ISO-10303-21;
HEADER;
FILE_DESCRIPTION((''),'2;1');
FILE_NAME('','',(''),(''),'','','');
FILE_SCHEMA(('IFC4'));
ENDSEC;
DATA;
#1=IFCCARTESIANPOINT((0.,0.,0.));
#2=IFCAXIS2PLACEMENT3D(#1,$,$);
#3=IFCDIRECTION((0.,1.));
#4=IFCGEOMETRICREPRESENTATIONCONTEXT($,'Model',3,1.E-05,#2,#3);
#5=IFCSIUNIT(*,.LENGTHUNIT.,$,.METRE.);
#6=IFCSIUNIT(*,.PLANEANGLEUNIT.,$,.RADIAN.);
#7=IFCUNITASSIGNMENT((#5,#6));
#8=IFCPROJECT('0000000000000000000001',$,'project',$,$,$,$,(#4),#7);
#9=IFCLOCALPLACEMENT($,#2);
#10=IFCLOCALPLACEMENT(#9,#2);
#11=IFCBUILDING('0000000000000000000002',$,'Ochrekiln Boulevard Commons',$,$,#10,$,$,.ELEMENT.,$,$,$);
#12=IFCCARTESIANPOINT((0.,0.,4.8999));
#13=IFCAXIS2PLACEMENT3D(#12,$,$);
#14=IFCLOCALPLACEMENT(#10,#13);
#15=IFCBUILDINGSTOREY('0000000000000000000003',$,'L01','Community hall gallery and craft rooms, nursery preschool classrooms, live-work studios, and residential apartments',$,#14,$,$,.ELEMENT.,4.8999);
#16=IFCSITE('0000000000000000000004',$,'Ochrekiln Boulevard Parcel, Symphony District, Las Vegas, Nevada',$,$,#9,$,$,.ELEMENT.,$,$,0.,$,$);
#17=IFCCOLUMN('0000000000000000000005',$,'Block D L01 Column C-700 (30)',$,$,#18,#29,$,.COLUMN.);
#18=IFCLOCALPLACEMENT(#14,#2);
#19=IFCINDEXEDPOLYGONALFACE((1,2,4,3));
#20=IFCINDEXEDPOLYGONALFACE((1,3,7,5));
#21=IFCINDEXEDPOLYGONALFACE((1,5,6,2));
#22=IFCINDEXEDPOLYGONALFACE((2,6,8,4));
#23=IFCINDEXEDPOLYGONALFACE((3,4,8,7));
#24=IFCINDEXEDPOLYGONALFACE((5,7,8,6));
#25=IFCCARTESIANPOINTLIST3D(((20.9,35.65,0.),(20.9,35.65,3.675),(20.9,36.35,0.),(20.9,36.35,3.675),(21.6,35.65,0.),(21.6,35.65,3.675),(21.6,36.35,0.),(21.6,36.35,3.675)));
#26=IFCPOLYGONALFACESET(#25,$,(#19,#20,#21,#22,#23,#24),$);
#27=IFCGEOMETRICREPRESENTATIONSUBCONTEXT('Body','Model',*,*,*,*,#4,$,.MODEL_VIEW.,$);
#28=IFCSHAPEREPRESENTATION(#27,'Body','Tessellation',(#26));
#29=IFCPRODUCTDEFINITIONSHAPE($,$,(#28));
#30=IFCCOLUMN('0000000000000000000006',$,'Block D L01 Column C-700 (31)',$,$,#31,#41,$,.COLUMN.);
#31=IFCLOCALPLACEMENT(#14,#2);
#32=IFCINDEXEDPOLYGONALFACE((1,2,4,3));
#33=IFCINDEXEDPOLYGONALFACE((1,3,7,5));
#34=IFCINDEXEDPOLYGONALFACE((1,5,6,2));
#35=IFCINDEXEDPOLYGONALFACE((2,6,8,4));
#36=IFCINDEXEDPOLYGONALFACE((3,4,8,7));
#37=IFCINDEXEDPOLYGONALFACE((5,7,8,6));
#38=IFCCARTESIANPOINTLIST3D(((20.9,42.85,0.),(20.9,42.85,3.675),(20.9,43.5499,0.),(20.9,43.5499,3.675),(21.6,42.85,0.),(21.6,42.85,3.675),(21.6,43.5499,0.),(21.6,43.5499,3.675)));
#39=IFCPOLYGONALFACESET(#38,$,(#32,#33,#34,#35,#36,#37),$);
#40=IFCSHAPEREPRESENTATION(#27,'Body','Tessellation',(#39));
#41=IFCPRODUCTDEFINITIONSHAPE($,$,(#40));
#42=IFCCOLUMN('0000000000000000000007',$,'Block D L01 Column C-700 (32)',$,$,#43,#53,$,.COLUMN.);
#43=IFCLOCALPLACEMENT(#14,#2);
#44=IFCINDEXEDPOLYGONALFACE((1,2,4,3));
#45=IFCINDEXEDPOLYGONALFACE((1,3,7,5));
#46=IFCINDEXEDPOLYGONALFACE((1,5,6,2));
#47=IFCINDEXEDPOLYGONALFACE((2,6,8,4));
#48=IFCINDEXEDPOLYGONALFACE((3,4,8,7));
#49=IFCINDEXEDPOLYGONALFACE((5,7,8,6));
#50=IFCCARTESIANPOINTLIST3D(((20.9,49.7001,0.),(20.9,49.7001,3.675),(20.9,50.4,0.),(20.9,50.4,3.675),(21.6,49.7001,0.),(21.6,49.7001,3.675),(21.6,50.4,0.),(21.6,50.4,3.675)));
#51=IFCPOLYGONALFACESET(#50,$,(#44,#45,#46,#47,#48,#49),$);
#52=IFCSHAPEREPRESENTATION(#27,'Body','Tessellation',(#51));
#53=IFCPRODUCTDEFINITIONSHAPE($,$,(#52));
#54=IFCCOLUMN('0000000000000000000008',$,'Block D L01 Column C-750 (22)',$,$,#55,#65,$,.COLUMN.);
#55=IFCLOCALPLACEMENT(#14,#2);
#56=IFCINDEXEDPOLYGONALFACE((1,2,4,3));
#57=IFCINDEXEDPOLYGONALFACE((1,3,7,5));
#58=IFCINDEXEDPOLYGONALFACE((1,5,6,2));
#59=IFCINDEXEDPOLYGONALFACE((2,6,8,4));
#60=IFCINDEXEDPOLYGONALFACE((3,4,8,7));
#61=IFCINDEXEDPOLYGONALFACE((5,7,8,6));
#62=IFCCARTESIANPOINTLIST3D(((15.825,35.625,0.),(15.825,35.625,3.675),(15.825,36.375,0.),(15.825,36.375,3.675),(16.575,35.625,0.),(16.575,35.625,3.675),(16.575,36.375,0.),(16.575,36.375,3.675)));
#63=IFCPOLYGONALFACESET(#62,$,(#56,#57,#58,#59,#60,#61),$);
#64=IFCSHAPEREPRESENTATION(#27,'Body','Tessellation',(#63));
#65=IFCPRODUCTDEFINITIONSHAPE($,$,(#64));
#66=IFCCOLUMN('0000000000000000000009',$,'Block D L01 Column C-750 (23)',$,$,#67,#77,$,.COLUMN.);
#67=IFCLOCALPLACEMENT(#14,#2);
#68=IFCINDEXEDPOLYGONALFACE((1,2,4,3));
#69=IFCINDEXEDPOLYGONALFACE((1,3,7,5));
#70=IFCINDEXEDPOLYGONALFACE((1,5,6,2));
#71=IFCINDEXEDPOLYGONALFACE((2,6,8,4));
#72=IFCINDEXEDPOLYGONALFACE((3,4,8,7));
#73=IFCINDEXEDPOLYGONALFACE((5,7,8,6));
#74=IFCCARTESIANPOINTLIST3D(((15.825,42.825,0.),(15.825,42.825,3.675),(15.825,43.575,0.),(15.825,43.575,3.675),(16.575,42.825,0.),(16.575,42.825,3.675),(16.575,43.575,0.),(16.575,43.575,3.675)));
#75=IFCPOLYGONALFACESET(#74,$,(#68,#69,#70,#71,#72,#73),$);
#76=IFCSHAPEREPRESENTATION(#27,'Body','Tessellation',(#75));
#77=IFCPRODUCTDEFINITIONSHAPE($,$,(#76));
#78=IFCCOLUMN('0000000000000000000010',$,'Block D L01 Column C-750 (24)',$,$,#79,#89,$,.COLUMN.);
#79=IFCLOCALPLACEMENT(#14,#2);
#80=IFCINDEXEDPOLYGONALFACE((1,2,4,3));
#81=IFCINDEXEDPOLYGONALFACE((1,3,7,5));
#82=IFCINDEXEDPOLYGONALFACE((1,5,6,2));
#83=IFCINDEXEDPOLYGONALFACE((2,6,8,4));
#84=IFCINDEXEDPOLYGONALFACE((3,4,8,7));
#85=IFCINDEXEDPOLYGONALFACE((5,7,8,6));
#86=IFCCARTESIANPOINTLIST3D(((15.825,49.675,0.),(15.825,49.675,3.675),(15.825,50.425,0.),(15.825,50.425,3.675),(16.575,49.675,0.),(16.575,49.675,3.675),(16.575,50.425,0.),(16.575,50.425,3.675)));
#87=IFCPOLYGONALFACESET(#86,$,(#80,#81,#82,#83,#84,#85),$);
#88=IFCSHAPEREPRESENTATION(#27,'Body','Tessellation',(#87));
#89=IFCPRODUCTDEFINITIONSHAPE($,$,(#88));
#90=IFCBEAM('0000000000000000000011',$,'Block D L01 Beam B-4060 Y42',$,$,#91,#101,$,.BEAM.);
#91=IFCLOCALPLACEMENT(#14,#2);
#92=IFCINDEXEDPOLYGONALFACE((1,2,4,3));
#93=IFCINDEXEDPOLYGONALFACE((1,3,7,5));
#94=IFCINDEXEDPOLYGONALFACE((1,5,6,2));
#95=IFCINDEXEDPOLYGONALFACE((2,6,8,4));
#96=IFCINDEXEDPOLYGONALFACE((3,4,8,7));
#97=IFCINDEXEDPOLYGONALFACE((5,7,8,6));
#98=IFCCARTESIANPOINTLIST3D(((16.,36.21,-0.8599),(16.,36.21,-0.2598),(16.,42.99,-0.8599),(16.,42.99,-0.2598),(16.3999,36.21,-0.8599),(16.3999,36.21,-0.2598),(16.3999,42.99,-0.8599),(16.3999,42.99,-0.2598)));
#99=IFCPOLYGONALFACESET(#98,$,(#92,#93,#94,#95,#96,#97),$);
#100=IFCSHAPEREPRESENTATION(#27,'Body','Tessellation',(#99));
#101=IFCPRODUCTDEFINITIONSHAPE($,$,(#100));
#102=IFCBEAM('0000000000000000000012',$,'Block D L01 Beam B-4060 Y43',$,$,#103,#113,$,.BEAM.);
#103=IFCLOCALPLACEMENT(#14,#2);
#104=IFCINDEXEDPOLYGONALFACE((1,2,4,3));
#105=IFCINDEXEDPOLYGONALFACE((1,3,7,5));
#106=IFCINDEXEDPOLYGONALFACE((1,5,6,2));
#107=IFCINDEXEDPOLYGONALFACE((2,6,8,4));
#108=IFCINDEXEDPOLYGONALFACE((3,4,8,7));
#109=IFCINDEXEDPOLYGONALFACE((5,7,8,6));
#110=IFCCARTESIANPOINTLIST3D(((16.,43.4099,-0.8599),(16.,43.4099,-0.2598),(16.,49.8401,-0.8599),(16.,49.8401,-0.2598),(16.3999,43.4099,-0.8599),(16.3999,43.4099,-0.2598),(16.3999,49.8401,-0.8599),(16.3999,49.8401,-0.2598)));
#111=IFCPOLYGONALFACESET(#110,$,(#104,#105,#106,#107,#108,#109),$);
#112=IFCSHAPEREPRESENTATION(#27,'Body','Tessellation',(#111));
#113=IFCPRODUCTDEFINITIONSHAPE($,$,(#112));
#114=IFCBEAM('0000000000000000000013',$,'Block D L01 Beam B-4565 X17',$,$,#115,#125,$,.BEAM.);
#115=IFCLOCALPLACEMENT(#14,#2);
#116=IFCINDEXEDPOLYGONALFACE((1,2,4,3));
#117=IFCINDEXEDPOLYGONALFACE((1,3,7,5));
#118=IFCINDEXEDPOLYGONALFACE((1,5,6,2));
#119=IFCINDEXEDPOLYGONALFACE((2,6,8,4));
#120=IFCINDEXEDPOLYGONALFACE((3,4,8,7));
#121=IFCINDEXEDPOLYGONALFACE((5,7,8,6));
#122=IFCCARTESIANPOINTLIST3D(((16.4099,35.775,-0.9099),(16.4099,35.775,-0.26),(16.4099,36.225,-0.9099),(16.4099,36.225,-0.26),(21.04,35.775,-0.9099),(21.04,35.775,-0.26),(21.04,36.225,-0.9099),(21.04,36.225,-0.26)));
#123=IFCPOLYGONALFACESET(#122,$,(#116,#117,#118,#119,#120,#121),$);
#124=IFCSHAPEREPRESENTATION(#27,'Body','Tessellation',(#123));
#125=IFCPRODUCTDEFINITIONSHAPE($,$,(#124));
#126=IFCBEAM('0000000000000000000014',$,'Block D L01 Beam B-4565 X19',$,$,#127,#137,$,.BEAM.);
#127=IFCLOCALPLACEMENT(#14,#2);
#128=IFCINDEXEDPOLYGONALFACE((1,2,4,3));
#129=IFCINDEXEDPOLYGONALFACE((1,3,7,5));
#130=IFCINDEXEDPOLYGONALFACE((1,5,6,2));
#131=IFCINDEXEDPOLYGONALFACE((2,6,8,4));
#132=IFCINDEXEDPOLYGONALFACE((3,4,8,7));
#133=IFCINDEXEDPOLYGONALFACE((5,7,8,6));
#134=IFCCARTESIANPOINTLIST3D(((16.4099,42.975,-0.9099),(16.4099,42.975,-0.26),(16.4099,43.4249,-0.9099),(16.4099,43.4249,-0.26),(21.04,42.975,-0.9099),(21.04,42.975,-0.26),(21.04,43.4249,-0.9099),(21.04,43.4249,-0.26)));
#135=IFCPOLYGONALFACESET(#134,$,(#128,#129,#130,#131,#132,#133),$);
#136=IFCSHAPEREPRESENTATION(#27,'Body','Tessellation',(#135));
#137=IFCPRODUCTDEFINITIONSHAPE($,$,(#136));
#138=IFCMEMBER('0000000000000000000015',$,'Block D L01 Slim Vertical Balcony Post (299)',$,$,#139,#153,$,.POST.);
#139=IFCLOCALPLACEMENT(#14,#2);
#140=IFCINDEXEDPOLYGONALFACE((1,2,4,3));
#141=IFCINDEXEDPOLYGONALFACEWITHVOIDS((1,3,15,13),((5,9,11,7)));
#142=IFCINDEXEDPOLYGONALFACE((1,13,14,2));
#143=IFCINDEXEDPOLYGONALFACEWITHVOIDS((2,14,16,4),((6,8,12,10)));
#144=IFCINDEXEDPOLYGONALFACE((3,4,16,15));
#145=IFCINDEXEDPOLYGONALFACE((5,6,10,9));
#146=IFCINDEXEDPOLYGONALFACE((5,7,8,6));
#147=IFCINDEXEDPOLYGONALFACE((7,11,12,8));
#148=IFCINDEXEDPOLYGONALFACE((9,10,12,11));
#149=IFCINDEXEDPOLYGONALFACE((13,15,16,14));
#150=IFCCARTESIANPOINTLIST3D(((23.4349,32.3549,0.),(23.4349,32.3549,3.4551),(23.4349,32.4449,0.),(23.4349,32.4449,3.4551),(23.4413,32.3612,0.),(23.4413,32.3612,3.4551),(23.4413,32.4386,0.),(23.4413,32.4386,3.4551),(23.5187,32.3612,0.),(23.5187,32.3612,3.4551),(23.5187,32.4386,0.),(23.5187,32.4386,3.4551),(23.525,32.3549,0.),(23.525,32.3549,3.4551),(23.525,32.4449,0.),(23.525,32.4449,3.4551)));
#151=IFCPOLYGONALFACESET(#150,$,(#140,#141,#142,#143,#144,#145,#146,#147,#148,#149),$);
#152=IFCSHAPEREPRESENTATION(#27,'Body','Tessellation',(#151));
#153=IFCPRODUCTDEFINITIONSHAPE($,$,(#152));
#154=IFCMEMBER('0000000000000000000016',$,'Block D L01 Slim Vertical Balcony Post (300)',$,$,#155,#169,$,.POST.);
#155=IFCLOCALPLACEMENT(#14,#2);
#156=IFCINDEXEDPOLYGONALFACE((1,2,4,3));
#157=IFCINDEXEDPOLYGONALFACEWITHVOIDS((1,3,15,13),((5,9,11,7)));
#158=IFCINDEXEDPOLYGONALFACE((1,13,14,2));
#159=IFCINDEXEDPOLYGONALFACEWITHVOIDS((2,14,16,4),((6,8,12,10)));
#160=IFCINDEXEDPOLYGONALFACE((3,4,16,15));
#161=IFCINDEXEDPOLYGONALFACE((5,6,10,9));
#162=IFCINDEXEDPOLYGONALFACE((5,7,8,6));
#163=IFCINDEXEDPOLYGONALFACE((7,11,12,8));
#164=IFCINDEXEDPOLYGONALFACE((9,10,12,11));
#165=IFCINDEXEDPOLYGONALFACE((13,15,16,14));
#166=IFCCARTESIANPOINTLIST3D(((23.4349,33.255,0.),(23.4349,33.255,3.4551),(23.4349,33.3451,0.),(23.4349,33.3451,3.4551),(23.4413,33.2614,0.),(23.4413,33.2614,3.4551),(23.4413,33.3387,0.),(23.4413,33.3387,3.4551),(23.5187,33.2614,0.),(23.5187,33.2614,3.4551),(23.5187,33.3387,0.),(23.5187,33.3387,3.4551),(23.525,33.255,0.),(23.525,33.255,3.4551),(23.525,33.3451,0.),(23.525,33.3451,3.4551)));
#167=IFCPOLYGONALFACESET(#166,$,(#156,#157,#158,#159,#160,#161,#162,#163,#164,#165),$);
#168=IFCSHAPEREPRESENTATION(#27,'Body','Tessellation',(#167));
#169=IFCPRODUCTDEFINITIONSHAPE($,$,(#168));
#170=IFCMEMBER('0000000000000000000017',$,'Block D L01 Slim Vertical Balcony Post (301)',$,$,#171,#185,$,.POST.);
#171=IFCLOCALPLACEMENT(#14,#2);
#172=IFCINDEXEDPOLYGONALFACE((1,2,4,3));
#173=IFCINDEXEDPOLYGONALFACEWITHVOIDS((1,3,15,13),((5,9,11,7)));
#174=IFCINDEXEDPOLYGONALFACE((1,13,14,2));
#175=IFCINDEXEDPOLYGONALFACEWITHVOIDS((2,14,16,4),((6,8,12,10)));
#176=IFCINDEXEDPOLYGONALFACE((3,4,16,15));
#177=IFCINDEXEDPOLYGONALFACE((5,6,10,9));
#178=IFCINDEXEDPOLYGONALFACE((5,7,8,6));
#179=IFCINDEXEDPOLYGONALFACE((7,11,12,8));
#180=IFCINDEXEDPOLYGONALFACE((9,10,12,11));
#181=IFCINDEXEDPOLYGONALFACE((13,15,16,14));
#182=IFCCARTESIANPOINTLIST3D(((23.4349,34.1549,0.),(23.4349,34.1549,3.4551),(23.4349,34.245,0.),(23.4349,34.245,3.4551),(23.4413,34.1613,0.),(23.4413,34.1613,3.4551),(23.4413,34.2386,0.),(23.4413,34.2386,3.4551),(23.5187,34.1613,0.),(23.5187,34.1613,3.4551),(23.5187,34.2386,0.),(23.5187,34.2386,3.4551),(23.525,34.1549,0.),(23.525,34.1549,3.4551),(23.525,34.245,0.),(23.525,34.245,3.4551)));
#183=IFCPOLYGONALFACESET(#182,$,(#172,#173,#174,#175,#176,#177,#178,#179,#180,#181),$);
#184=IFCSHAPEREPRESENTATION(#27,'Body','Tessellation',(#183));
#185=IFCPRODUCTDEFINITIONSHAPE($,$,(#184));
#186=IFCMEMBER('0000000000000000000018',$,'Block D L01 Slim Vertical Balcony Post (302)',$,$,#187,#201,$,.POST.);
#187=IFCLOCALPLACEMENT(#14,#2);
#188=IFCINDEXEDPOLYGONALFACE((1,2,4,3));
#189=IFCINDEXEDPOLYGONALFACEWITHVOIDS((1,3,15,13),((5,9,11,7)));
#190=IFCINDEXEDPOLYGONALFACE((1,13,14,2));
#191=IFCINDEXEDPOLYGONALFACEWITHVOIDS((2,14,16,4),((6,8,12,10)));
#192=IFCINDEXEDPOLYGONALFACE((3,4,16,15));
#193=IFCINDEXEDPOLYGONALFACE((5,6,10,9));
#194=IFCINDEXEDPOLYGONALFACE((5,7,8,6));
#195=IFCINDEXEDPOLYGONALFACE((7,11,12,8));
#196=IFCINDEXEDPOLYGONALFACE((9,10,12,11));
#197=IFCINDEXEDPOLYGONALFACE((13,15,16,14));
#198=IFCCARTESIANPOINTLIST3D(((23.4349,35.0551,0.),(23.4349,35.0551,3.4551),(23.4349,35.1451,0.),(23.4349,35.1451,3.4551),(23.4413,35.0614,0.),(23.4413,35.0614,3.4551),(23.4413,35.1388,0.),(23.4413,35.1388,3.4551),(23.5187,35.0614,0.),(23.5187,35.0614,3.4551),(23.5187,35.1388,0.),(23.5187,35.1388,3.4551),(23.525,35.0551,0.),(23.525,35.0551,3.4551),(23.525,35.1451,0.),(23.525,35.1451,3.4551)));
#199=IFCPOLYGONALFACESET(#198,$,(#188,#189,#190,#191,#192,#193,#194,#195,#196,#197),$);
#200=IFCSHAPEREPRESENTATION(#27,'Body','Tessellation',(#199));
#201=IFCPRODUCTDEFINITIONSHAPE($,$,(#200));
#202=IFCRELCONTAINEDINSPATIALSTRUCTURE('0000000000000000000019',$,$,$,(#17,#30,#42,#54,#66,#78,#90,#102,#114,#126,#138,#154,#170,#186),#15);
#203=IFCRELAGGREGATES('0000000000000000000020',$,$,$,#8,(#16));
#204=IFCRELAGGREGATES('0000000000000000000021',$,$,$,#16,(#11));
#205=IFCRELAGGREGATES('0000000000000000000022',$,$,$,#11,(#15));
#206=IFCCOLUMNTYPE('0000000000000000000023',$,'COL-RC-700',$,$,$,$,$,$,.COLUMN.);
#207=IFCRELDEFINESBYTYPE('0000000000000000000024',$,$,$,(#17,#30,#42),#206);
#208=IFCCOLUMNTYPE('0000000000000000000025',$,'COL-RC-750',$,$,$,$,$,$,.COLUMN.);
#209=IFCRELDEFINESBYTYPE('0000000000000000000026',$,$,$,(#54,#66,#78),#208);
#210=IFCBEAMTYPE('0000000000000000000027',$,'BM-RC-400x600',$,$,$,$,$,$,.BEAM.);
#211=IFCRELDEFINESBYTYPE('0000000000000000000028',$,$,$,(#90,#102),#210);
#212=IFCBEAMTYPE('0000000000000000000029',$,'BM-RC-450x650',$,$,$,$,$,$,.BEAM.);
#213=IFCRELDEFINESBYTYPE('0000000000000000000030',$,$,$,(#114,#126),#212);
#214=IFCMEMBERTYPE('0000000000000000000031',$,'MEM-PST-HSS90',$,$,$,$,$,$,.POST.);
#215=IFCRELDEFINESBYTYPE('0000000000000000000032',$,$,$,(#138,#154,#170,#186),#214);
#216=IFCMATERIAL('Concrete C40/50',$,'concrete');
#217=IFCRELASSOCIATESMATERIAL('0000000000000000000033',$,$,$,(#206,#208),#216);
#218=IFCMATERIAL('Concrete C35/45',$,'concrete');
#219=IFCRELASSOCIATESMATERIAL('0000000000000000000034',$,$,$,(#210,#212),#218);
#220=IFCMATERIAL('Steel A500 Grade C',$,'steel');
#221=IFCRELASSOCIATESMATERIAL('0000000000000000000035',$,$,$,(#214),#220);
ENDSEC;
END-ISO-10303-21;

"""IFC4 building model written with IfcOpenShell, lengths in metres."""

from ifc_helpers import new_model, si_unit, direction, frame, origin, origin_2d, place, context, subcontext, project, spatial, rectangle, hollow_rectangle, extrude, material, material_profile, profile_set, type_object, element, save


model = new_model("IFC4")

# Units and contexts
model_context = context("Model", 3, precision=1e-05, world=origin(), true_north=direction((0.0, 1.0)))
body_context = subcontext(model_context, "Body", "Model", "MODEL_VIEW")
ifc_project = project(units=[si_unit("LENGTHUNIT", "METRE"), si_unit("PLANEANGLEUNIT", "RADIAN")], contexts=[model_context])

# Site, building, storey
site_placement = place(None, origin())
site = spatial("IfcSite", under=ifc_project, at=site_placement, Name="Ochrekiln Boulevard Parcel, Symphony District, Las Vegas, Nevada", CompositionType="ELEMENT", RefElevation=0.0)
building_placement = place(site_placement, origin())
building = spatial("IfcBuilding", under=site, at=building_placement, Name="Ochrekiln Boulevard Commons", CompositionType="ELEMENT")
storey_placement = place(building_placement, frame((0.0, 0.0, 4.8999)))
storey = spatial("IfcBuildingStorey", under=building, at=storey_placement, Name="L01", Description="Community hall gallery and craft rooms, nursery preschool classrooms, live-work studios, and residential apartments", CompositionType="ELEMENT", Elevation=4.8999)

# Columns
ifc_material_1 = material(Name="Concrete C40/50", Category="concrete")
ifc_material_profile_1 = material_profile(ifc_material_1, rectangle(XDim=0.7, YDim=0.7, at=origin_2d()), Name="RC-COL-700x700")
ifc_profile_set_1 = profile_set([ifc_material_profile_1], Name="Concrete C40/50")
column_type_1 = type_object("IfcColumnType", Name="COL-RC-700", PredefinedType="COLUMN", material=ifc_profile_set_1)
for number, where, z_axis, x_axis, name in (
    (1, (21.25, 36.0, 0.0), (0.0, 0.0, 1.0), (1.0, 0.0, 0.0), "Block D L01 Column C-700 (30)"),
    (2, (21.25, 43.2, 0.0), (0.0, 0.0, 1.0), (1.0, 0.0, 0.0), "Block D L01 Column C-700 (31)"),
    (3, (21.25, 50.05, 0.0), (0.0, 0.0, 1.0), (1.0, 0.0, 0.0), "Block D L01 Column C-700 (32)"),
):
    element("IfcColumn", number, at=place(storey_placement, frame(where, z_axis=z_axis, x_axis=x_axis)), inside=storey, type_object=column_type_1, Name=name, PredefinedType="COLUMN", context=body_context, shape_type="SweptSolid", body=[
        extrude(rectangle(XDim=0.7, YDim=0.7, at=origin_2d()), origin(), (0.0, 0.0, 1.0), 3.675),
    ])
ifc_material_profile_2 = material_profile(ifc_material_1, rectangle(XDim=0.75, YDim=0.75, at=origin_2d()), Name="RC-COL-750x750")
ifc_profile_set_2 = profile_set([ifc_material_profile_2], Name="Concrete C40/50")
column_type_2 = type_object("IfcColumnType", Name="COL-RC-750", PredefinedType="COLUMN", material=ifc_profile_set_2)
for number, where, z_axis, x_axis, name in (
    (4, (16.2, 36.0, 0.0), (0.0, 0.0, 1.0), (1.0, 0.0, 0.0), "Block D L01 Column C-750 (22)"),
    (5, (16.2, 43.2, 0.0), (0.0, 0.0, 1.0), (1.0, 0.0, 0.0), "Block D L01 Column C-750 (23)"),
    (6, (16.2, 50.05, 0.0), (0.0, 0.0, 1.0), (1.0, 0.0, 0.0), "Block D L01 Column C-750 (24)"),
):
    element("IfcColumn", number, at=place(storey_placement, frame(where, z_axis=z_axis, x_axis=x_axis)), inside=storey, type_object=column_type_2, Name=name, PredefinedType="COLUMN", context=body_context, shape_type="SweptSolid", body=[
        extrude(rectangle(XDim=0.75, YDim=0.75, at=origin_2d()), origin(), (0.0, 0.0, 1.0), 3.675),
    ])

# Beams
ifc_material_2 = material(Name="Concrete C35/45", Category="concrete")
ifc_material_profile_3 = material_profile(ifc_material_2, rectangle(XDim=0.3999, YDim=0.6001, at=origin_2d()), Name="RC-BM-400x600")
ifc_profile_set_3 = profile_set([ifc_material_profile_3], Name="Concrete C35/45")
beam_type_1 = type_object("IfcBeamType", Name="BM-RC-400x600", PredefinedType="BEAM", material=ifc_profile_set_3)
beam_1_placement = place(storey_placement, frame((16.2, 36.21, -0.5598), z_axis=(0.0, 1.0, 0.0), x_axis=(-1.0, 0.0, 0.0)))
element("IfcBeam", 7, at=beam_1_placement, inside=storey, type_object=beam_type_1, Name="Block D L01 Beam B-4060 Y42", PredefinedType="BEAM", context=body_context, shape_type="SweptSolid", body=[
    extrude(rectangle(XDim=0.3999, YDim=0.6001, at=origin_2d()), origin(), (0.0, 0.0, 1.0), 6.78),
])
beam_2_placement = place(storey_placement, frame((16.2, 43.4099, -0.5598), z_axis=(0.0, 1.0, 0.0), x_axis=(-1.0, 0.0, 0.0)))
element("IfcBeam", 8, at=beam_2_placement, inside=storey, type_object=beam_type_1, Name="Block D L01 Beam B-4060 Y43", PredefinedType="BEAM", context=body_context, shape_type="SweptSolid", body=[
    extrude(rectangle(XDim=0.3999, YDim=0.6001, at=origin_2d()), origin(), (0.0, 0.0, 1.0), 6.4302),
])
ifc_material_profile_4 = material_profile(ifc_material_2, rectangle(XDim=0.45, YDim=0.6499, at=origin_2d()), Name="RC-BM-450x650")
ifc_profile_set_4 = profile_set([ifc_material_profile_4], Name="Concrete C35/45")
beam_type_2 = type_object("IfcBeamType", Name="BM-RC-450x650", PredefinedType="BEAM", material=ifc_profile_set_4)
for number, where, z_axis, x_axis, name in (
    (9, (16.4099, 36.0, -0.585), (1.0, 0.0, 0.0), (0.0, 1.0, 0.0), "Block D L01 Beam B-4565 X17"),
    (10, (16.4099, 43.2, -0.585), (1.0, 0.0, 0.0), (0.0, 1.0, 0.0), "Block D L01 Beam B-4565 X19"),
):
    element("IfcBeam", number, at=place(storey_placement, frame(where, z_axis=z_axis, x_axis=x_axis)), inside=storey, type_object=beam_type_2, Name=name, PredefinedType="BEAM", context=body_context, shape_type="SweptSolid", body=[
        extrude(rectangle(XDim=0.45, YDim=0.6499, at=origin_2d()), origin(), (0.0, 0.0, 1.0), 4.6301),
    ])

# Members
ifc_material_3 = material(Name="Steel A500 Grade C", Category="steel")
ifc_material_profile_5 = material_profile(ifc_material_3, hollow_rectangle(XDim=0.0901, YDim=0.0901, WallThickness=0.0063, at=origin_2d()), Name="HSS90X90X6.4")
ifc_profile_set_5 = profile_set([ifc_material_profile_5], Name="Steel A500 Grade C")
member_type = type_object("IfcMemberType", Name="MEM-PST-HSS90", PredefinedType="POST", material=ifc_profile_set_5)
for number, where, z_axis, x_axis, name in (
    (11, (23.48, 32.3999, 0.0), (0.0, 0.0, 1.0), (1.0, 0.0, 0.0), "Block D L01 Slim Vertical Balcony Post (299)"),
    (12, (23.48, 33.3, 0.0), (0.0, 0.0, 1.0), (1.0, 0.0, 0.0), "Block D L01 Slim Vertical Balcony Post (300)"),
    (13, (23.48, 34.2, 0.0), (0.0, 0.0, 1.0), (1.0, 0.0, 0.0), "Block D L01 Slim Vertical Balcony Post (301)"),
    (14, (23.48, 35.1001, 0.0), (0.0, 0.0, 1.0), (1.0, 0.0, 0.0), "Block D L01 Slim Vertical Balcony Post (302)"),
):
    element("IfcMember", number, at=place(storey_placement, frame(where, z_axis=z_axis, x_axis=x_axis)), inside=storey, type_object=member_type, Name=name, PredefinedType="POST", context=body_context, shape_type="SweptSolid", body=[
        extrude(hollow_rectangle(XDim=0.0901, YDim=0.0901, WallThickness=0.0063, at=origin_2d()), origin(), (0.0, 0.0, 1.0), 3.4551),
    ])

save(model, "model.ifc")
